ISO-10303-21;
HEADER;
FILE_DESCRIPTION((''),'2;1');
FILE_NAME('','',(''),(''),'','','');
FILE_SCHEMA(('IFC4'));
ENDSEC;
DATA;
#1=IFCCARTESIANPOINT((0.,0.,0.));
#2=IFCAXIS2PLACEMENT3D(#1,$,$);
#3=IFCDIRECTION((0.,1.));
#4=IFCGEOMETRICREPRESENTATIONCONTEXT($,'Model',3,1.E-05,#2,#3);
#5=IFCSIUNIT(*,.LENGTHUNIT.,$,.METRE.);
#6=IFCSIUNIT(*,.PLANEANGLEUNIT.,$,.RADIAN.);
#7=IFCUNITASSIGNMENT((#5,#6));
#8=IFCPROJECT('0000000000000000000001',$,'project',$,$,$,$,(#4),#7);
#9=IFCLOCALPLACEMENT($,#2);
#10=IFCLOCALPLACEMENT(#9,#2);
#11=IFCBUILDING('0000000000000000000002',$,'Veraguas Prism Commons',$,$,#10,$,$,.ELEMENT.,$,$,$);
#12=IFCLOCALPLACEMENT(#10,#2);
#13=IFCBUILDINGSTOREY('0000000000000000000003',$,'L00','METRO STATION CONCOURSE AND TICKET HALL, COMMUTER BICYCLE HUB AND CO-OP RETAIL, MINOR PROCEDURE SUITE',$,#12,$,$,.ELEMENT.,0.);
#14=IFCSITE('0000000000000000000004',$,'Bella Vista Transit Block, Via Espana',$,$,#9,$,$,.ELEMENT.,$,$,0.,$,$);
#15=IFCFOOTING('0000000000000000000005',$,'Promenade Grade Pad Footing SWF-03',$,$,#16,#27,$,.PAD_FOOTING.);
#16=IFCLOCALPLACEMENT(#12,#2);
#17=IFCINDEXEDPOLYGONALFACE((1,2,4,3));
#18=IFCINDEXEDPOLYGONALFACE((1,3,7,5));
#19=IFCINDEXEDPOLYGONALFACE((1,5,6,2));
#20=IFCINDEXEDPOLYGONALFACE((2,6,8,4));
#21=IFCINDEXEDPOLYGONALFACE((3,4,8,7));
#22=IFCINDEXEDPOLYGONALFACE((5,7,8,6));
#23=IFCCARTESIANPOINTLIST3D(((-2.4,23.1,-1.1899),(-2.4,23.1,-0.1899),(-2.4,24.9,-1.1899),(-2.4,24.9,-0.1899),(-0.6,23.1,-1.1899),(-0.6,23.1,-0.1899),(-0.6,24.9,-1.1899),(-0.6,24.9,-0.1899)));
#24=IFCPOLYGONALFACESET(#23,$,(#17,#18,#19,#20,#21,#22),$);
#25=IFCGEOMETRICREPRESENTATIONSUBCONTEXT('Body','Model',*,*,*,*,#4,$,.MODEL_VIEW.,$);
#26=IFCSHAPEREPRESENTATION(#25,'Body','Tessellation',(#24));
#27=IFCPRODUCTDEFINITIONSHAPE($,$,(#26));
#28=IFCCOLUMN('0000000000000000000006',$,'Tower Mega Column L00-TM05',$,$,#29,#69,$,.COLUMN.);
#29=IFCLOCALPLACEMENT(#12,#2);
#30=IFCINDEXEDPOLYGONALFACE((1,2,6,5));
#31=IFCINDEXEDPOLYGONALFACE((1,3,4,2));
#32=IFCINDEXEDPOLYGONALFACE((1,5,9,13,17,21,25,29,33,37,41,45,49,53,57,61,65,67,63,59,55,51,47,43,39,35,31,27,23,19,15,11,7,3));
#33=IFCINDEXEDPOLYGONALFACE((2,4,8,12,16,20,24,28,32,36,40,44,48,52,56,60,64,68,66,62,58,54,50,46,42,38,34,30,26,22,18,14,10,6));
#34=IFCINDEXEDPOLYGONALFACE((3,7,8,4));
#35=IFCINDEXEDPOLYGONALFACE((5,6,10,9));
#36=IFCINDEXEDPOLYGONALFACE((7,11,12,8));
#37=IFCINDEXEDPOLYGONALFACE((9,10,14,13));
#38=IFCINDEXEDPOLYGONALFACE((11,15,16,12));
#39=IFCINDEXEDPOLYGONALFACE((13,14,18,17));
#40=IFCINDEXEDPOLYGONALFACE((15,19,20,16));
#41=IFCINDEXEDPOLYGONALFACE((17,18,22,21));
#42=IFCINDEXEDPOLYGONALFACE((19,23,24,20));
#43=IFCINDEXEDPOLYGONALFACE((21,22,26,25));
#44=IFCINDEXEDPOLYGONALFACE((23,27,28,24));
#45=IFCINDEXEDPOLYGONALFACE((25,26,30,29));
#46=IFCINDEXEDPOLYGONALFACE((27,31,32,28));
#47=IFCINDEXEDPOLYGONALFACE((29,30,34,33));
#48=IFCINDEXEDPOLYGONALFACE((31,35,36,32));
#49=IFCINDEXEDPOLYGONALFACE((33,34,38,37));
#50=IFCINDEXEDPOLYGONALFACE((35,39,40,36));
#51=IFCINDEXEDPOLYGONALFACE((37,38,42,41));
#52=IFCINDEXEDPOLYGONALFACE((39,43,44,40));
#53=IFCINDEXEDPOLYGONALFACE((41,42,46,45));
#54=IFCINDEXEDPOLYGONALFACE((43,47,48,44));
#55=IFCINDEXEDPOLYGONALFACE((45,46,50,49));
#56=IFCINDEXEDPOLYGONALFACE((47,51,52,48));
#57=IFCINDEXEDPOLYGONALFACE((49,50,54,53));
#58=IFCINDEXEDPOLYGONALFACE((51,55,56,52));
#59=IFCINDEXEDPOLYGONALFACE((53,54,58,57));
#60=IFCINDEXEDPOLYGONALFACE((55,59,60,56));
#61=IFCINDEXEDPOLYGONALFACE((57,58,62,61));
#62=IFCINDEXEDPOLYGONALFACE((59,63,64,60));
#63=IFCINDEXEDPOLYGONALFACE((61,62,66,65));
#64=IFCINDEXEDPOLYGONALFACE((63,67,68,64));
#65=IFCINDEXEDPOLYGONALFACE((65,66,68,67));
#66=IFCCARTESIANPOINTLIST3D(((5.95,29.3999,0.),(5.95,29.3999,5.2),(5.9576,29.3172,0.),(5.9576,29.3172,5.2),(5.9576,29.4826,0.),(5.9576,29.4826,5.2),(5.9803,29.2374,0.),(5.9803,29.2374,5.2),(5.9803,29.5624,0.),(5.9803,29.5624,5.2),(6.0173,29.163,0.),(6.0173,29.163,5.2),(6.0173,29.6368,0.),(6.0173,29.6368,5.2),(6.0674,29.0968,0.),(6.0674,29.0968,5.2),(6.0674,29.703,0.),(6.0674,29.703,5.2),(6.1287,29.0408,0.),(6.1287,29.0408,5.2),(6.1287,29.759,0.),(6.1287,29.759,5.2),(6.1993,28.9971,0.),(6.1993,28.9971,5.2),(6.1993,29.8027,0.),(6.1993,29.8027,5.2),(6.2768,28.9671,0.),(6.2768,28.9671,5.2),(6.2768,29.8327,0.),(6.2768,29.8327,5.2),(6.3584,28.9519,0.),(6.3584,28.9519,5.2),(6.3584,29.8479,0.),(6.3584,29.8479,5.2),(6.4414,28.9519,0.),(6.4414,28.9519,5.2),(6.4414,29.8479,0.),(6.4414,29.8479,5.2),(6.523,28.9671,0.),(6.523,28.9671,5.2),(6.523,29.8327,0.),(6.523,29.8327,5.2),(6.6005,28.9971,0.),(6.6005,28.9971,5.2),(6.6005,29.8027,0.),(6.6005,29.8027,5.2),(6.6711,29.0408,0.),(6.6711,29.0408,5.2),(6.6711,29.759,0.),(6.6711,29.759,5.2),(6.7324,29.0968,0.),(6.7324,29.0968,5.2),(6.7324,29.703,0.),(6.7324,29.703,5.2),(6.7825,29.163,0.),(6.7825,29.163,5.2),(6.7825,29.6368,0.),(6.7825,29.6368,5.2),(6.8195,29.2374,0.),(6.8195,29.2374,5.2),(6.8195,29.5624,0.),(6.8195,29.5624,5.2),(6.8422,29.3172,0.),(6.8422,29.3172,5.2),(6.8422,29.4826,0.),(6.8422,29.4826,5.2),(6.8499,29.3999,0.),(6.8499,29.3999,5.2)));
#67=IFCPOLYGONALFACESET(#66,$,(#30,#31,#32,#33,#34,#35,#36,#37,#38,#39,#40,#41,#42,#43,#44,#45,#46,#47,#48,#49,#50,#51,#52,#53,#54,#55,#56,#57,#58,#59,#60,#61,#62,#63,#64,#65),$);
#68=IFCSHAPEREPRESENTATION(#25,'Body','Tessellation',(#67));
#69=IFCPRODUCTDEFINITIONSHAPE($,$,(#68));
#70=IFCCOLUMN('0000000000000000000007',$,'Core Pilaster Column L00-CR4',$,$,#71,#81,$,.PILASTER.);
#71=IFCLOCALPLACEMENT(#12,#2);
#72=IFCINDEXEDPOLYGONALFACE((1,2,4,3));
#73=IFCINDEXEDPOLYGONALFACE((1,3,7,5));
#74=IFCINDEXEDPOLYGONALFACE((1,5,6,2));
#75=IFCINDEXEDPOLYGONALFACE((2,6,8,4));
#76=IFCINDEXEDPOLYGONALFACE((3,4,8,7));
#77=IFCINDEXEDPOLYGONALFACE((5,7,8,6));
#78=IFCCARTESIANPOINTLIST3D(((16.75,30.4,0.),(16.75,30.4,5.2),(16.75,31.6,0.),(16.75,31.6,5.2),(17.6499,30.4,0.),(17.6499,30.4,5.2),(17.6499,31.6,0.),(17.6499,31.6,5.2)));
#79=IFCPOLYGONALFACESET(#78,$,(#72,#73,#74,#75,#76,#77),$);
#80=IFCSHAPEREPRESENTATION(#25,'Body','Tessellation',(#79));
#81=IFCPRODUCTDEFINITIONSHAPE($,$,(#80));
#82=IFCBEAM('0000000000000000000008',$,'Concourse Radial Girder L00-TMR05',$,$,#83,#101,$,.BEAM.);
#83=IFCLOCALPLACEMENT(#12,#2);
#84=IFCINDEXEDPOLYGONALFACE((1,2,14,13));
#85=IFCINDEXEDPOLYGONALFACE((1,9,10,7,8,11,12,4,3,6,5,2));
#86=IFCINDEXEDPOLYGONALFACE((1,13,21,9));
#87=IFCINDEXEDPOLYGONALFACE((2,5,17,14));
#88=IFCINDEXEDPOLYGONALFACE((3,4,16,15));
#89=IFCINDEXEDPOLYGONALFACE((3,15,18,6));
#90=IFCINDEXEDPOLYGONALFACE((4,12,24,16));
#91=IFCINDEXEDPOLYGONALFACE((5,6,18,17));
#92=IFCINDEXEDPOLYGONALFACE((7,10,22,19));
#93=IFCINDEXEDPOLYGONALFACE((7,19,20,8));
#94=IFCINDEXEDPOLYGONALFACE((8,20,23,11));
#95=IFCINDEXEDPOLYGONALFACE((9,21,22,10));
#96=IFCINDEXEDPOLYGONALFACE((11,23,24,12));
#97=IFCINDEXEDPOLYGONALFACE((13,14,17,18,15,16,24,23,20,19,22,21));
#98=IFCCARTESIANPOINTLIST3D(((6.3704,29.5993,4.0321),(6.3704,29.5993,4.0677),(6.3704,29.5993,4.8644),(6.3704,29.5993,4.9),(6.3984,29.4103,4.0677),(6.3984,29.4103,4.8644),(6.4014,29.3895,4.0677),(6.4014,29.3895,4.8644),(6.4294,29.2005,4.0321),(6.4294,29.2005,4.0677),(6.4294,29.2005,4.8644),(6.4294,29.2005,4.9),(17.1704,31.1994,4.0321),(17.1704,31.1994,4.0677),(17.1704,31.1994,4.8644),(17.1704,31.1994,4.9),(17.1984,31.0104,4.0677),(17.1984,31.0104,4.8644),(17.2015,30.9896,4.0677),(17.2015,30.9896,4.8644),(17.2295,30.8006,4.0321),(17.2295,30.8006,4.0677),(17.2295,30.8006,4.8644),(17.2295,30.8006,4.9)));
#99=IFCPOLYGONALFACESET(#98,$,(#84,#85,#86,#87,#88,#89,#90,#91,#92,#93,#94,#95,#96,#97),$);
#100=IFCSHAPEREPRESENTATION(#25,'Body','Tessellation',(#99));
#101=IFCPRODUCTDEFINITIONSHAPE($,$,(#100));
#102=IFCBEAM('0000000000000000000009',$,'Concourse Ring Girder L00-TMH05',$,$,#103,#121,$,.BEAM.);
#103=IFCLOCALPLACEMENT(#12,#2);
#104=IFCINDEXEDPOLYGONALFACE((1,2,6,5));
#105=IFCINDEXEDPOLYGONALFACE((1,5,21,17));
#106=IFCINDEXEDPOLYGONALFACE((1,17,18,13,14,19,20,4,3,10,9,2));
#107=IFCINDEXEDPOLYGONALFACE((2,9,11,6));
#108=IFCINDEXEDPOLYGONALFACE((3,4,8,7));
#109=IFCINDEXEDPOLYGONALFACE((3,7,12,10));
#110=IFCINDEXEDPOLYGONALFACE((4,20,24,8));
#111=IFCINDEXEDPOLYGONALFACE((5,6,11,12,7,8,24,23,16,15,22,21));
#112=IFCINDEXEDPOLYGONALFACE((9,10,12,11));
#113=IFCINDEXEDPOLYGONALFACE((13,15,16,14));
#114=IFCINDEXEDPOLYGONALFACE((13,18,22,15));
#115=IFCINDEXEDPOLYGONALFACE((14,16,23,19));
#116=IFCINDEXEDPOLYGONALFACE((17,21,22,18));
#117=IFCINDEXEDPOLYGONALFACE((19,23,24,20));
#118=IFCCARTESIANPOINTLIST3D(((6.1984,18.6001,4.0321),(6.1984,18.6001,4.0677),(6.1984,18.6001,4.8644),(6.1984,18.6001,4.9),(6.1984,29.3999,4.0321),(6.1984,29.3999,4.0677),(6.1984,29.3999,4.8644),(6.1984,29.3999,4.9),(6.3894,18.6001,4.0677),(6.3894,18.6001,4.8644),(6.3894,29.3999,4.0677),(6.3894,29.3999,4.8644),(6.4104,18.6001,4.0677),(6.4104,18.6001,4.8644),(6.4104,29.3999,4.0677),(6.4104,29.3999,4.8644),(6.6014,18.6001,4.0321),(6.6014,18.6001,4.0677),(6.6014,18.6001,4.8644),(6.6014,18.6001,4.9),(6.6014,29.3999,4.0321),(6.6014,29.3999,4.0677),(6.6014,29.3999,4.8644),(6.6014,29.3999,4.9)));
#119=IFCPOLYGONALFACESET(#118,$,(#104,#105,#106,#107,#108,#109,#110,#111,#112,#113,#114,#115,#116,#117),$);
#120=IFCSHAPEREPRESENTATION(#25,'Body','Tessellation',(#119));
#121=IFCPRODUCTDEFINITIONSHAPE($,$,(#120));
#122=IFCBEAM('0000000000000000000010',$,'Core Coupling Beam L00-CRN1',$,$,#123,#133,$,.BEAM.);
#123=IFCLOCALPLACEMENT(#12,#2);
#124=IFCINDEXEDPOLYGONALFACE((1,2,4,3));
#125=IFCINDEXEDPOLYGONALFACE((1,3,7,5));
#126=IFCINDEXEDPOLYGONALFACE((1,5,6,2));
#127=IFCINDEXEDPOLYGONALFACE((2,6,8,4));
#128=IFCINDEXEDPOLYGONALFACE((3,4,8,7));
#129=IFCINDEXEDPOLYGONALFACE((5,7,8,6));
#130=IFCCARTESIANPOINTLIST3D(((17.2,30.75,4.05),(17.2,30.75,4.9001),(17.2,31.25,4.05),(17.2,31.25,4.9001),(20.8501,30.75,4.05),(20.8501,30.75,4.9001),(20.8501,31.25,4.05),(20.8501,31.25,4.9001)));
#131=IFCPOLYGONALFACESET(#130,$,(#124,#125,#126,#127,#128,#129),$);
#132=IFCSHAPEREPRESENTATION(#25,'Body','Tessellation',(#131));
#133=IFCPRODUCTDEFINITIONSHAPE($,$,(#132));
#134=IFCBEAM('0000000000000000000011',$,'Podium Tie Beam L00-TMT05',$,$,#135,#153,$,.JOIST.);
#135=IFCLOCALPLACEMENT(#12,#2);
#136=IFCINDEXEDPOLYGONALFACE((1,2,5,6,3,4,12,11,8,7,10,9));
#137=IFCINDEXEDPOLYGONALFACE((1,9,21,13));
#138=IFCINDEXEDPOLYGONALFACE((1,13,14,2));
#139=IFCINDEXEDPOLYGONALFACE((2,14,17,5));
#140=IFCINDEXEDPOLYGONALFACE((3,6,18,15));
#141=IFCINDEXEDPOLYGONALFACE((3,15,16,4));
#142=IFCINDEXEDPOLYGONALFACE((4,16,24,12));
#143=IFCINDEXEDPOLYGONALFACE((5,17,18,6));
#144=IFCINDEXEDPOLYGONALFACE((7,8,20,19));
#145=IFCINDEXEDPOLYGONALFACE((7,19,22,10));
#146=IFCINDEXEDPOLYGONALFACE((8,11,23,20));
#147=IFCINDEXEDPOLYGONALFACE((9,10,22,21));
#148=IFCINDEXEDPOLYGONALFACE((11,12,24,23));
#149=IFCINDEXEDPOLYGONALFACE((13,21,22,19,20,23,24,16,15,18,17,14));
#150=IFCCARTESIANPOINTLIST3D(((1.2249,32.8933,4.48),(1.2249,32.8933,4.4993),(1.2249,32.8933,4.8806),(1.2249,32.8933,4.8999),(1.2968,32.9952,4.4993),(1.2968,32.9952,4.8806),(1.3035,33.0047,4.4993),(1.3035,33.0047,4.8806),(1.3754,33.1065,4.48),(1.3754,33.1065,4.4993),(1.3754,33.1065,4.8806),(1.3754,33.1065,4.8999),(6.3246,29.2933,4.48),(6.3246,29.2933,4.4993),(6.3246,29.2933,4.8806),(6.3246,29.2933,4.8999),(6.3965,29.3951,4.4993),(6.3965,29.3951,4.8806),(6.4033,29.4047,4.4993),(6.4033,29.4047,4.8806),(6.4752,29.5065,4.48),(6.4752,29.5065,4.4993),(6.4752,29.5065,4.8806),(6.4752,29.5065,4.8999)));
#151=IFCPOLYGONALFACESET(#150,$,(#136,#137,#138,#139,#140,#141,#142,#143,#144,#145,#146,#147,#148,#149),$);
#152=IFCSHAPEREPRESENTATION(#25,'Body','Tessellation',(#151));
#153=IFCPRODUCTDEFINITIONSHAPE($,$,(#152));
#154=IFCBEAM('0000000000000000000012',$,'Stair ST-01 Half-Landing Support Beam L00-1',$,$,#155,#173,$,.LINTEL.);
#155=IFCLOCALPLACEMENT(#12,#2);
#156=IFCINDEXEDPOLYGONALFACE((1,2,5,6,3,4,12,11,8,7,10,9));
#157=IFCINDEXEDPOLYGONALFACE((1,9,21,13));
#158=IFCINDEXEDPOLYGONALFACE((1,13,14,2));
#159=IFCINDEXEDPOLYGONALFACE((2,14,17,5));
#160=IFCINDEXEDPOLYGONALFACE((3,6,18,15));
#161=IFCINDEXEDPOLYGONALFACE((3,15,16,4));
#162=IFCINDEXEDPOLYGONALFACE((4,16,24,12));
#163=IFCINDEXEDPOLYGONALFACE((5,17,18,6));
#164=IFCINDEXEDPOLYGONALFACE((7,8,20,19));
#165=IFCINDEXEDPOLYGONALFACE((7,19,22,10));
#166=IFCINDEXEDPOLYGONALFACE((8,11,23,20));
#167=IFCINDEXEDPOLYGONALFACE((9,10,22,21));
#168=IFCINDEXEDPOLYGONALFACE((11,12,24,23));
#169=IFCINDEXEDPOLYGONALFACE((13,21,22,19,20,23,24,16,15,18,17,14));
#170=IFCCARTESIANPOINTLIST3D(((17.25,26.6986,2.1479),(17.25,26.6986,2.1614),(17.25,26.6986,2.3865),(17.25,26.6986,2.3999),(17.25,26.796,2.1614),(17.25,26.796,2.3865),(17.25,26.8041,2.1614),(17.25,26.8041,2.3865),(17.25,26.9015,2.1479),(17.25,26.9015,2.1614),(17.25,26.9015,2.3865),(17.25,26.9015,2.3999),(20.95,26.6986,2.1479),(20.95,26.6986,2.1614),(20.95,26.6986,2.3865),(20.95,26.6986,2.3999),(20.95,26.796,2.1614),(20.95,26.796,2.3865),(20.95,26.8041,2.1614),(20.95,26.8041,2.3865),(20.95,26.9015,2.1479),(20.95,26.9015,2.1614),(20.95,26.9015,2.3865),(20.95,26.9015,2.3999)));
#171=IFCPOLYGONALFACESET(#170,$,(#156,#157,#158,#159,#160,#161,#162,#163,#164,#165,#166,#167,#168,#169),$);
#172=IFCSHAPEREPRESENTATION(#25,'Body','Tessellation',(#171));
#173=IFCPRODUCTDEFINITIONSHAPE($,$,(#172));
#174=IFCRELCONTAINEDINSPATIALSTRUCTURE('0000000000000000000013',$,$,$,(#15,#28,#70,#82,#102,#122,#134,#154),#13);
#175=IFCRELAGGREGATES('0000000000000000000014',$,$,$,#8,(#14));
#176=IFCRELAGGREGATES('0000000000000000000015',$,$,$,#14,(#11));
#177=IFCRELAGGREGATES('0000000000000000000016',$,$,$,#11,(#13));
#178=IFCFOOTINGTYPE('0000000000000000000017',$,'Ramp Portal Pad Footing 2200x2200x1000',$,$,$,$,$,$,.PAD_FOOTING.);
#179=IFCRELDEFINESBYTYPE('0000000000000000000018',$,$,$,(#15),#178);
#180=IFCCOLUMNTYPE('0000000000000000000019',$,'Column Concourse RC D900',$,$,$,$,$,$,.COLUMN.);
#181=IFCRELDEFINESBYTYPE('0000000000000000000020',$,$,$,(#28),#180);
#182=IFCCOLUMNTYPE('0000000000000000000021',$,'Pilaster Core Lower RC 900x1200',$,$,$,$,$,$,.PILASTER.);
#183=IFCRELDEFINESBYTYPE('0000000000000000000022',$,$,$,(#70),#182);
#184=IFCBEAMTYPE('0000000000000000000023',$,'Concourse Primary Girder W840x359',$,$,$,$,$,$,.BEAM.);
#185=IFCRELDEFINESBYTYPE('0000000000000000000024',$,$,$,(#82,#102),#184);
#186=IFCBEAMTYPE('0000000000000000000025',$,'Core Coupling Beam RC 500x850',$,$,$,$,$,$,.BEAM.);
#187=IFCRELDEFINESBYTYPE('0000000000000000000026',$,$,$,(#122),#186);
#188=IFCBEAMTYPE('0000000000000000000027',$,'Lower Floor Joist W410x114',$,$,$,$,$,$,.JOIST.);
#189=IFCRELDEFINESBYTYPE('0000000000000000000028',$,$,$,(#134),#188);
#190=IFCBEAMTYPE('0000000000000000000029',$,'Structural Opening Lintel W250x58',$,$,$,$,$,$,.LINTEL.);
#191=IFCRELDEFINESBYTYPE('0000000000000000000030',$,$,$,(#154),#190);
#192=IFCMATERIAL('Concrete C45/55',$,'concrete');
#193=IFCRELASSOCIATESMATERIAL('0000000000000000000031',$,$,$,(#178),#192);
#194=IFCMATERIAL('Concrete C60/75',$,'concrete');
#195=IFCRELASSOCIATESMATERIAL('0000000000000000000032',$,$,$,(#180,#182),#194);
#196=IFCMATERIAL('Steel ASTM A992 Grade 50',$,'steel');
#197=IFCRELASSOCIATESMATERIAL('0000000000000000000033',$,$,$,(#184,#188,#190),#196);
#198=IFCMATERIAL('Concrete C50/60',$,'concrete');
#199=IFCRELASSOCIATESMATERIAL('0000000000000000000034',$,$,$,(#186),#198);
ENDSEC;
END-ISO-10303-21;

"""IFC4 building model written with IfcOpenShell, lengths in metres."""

from ifc_helpers import new_model, si_unit, direction, frame, origin, origin_2d, place, context, subcontext, project, spatial, rectangle, circle, i_section, extrude, source, transform, mapped, material, material_profile, profile_set, type_object, element, save


model = new_model("IFC4")

# Units and contexts
model_context = context("Model", 3, precision=1e-05, world=origin(), true_north=direction((0.0, 1.0)))
body_context = subcontext(model_context, "Body", "Model", "MODEL_VIEW")
ifc_project = project(units=[si_unit("LENGTHUNIT", "METRE"), si_unit("PLANEANGLEUNIT", "RADIAN")], contexts=[model_context])

# Site, building, storey
site_placement = place(None, origin())
site = spatial("IfcSite", under=ifc_project, at=site_placement, Name="Bella Vista Transit Block, Via Espana", CompositionType="ELEMENT", RefElevation=0.0)
building_placement = place(site_placement, origin())
building = spatial("IfcBuilding", under=site, at=building_placement, Name="Veraguas Prism Commons", CompositionType="ELEMENT")
storey_placement = place(building_placement, origin())
storey = spatial("IfcBuildingStorey", under=building, at=storey_placement, Name="L00", Description="METRO STATION CONCOURSE AND TICKET HALL, COMMUTER BICYCLE HUB AND CO-OP RETAIL, MINOR PROCEDURE SUITE", CompositionType="ELEMENT", Elevation=0.0)

# Footing
ifc_material_1 = material(Name="Concrete C45/55", Category="concrete")
footing_type = type_object("IfcFootingType", Name="Ramp Portal Pad Footing 2200x2200x1000", PredefinedType="PAD_FOOTING", material=ifc_material_1)
shared_shape_1 = source(origin(), body_context, "Body", "SweptSolid", [
    extrude(rectangle(XDim=1.8, YDim=1.8, at=origin_2d()), origin(), (0.0, 0.0, 1.0), 1.0),
])
footing_placement = place(storey_placement, frame((-1.5, 24.0, -1.1899), z_axis=(0.0, 0.0, 1.0), x_axis=(1.0, 0.0, 0.0)))
element("IfcFooting", 1, at=footing_placement, inside=storey, type_object=footing_type, Name="Promenade Grade Pad Footing SWF-03", PredefinedType="PAD_FOOTING", context=body_context, shape_type="MappedRepresentation", body=[
    mapped(shared_shape_1, transform((0.0, 0.0, 0.0), scale=1.0)),
])

# Columns
ifc_material_2 = material(Name="Concrete C60/75", Category="concrete")
ifc_material_profile_1 = material_profile(ifc_material_2, circle(Radius=0.45, at=origin_2d()), Name="RC900DIA")
ifc_profile_set_1 = profile_set([ifc_material_profile_1], Name="Concrete C60/75")
column_type_1 = type_object("IfcColumnType", Name="Column Concourse RC D900", PredefinedType="COLUMN", material=ifc_profile_set_1)
column_1_placement = place(storey_placement, frame((6.3999, 29.3999, 0.0), z_axis=(0.0, 0.0, 1.0), x_axis=(1.0, 0.0, 0.0)))
element("IfcColumn", 2, at=column_1_placement, inside=storey, type_object=column_type_1, Name="Tower Mega Column L00-TM05", PredefinedType="COLUMN", context=body_context, shape_type="SweptSolid", body=[
    extrude(circle(Radius=0.45, at=origin_2d()), origin(), (0.0, 0.0, 1.0), 5.2),
])
ifc_material_profile_2 = material_profile(ifc_material_2, rectangle(XDim=0.8999, YDim=1.2, at=origin_2d()), Name="RC900X1200")
ifc_profile_set_2 = profile_set([ifc_material_profile_2], Name="Concrete C60/75")
column_type_2 = type_object("IfcColumnType", Name="Pilaster Core Lower RC 900x1200", PredefinedType="PILASTER", material=ifc_profile_set_2)
column_2_placement = place(storey_placement, frame((17.2, 31.0, 0.0), z_axis=(0.0, 0.0, 1.0), x_axis=(1.0, 0.0, 0.0)))
element("IfcColumn", 3, at=column_2_placement, inside=storey, type_object=column_type_2, Name="Core Pilaster Column L00-CR4", PredefinedType="PILASTER", context=body_context, shape_type="SweptSolid", body=[
    extrude(rectangle(XDim=0.8999, YDim=1.2, at=origin_2d()), origin(), (0.0, 0.0, 1.0), 5.2),
])

# Beams
ifc_material_3 = material(Name="Steel ASTM A992 Grade 50", Category="steel")
ifc_material_profile_3 = material_profile(ifc_material_3, i_section(OverallWidth=0.4031, OverallDepth=0.8679, WebThickness=0.021, FlangeThickness=0.0356, at=origin_2d()), Name="W840X359")
ifc_profile_set_3 = profile_set([ifc_material_profile_3], Name="Steel ASTM A992 Grade 50")
beam_type_1 = type_object("IfcBeamType", Name="Concourse Primary Girder W840x359", PredefinedType="BEAM", material=ifc_profile_set_3)
beam_1_placement = place(storey_placement, frame((6.3999, 29.3999, 4.4661), z_axis=(0.989202, 0.146557, 0.0), x_axis=(-0.146557, 0.989202, 0.0)))
element("IfcBeam", 4, at=beam_1_placement, inside=storey, type_object=beam_type_1, Name="Concourse Radial Girder L00-TMR05", PredefinedType="BEAM", context=body_context, shape_type="SweptSolid", body=[
    extrude(i_section(OverallWidth=0.4031, OverallDepth=0.8679, WebThickness=0.021, FlangeThickness=0.0356, at=origin_2d()), origin(), (0.0, 0.0, 1.0), 10.918),
])
beam_2_placement = place(storey_placement, frame((6.3999, 29.3999, 4.4661), z_axis=(0.0, -1.0, 0.0), x_axis=(1.0, 0.0, 0.0)))
element("IfcBeam", 5, at=beam_2_placement, inside=storey, type_object=beam_type_1, Name="Concourse Ring Girder L00-TMH05", PredefinedType="BEAM", context=body_context, shape_type="SweptSolid", body=[
    extrude(i_section(OverallWidth=0.4031, OverallDepth=0.8679, WebThickness=0.021, FlangeThickness=0.0356, at=origin_2d()), origin(), (0.0, 0.0, 1.0), 10.7998),
])
ifc_material_4 = material(Name="Concrete C50/60", Category="concrete")
ifc_material_profile_4 = material_profile(ifc_material_4, rectangle(XDim=0.5, YDim=0.8501, at=origin_2d()), Name="RC500X850")
ifc_profile_set_4 = profile_set([ifc_material_profile_4], Name="Concrete C50/60")
beam_type_2 = type_object("IfcBeamType", Name="Core Coupling Beam RC 500x850", PredefinedType="BEAM", material=ifc_profile_set_4)
beam_3_placement = place(storey_placement, frame((17.2, 31.0, 4.4751), z_axis=(1.0, 0.0, 0.0), x_axis=(0.0, 1.0, 0.0)))
element("IfcBeam", 6, at=beam_3_placement, inside=storey, type_object=beam_type_2, Name="Core Coupling Beam L00-CRN1", PredefinedType="BEAM", context=body_context, shape_type="SweptSolid", body=[
    extrude(rectangle(XDim=0.5, YDim=0.8501, at=origin_2d()), origin(), (0.0, 0.0, 1.0), 3.6501),
])
ifc_material_profile_5 = material_profile(ifc_material_3, i_section(OverallWidth=0.261, OverallDepth=0.4199, WebThickness=0.0117, FlangeThickness=0.0193, at=origin_2d()), Name="W410X114")
ifc_profile_set_5 = profile_set([ifc_material_profile_5], Name="Steel ASTM A992 Grade 50")
beam_type_3 = type_object("IfcBeamType", Name="Lower Floor Joist W410x114", PredefinedType="JOIST", material=ifc_profile_set_5)
beam_4_placement = place(storey_placement, frame((6.3999, 29.3999, 4.6899), z_axis=(-0.816953, 0.576705, 0.0), x_axis=(-0.576705, -0.816953, 0.0)))
element("IfcBeam", 7, at=beam_4_placement, inside=storey, type_object=beam_type_3, Name="Podium Tie Beam L00-TMT05", PredefinedType="JOIST", context=body_context, shape_type="SweptSolid", body=[
    extrude(i_section(OverallWidth=0.261, OverallDepth=0.4199, WebThickness=0.0117, FlangeThickness=0.0193, at=origin_2d()), origin(), (0.0, 0.0, 1.0), 6.2424),
])
ifc_material_profile_6 = material_profile(ifc_material_3, i_section(OverallWidth=0.2029, OverallDepth=0.252, WebThickness=0.0081, FlangeThickness=0.0134, at=origin_2d()), Name="W250X58")
ifc_profile_set_6 = profile_set([ifc_material_profile_6], Name="Steel ASTM A992 Grade 50")
beam_type_4 = type_object("IfcBeamType", Name="Structural Opening Lintel W250x58", PredefinedType="LINTEL", material=ifc_profile_set_6)
beam_5_placement = place(storey_placement, frame((17.25, 26.8, 2.2739), z_axis=(1.0, 0.0, 0.0), x_axis=(0.0, 1.0, 0.0)))
element("IfcBeam", 8, at=beam_5_placement, inside=storey, type_object=beam_type_4, Name="Stair ST-01 Half-Landing Support Beam L00-1", PredefinedType="LINTEL", context=body_context, shape_type="SweptSolid", body=[
    extrude(i_section(OverallWidth=0.2029, OverallDepth=0.252, WebThickness=0.0081, FlangeThickness=0.0134, at=origin_2d()), origin(), (0.0, 0.0, 1.0), 3.7),
])

save(model, "model.ifc")
